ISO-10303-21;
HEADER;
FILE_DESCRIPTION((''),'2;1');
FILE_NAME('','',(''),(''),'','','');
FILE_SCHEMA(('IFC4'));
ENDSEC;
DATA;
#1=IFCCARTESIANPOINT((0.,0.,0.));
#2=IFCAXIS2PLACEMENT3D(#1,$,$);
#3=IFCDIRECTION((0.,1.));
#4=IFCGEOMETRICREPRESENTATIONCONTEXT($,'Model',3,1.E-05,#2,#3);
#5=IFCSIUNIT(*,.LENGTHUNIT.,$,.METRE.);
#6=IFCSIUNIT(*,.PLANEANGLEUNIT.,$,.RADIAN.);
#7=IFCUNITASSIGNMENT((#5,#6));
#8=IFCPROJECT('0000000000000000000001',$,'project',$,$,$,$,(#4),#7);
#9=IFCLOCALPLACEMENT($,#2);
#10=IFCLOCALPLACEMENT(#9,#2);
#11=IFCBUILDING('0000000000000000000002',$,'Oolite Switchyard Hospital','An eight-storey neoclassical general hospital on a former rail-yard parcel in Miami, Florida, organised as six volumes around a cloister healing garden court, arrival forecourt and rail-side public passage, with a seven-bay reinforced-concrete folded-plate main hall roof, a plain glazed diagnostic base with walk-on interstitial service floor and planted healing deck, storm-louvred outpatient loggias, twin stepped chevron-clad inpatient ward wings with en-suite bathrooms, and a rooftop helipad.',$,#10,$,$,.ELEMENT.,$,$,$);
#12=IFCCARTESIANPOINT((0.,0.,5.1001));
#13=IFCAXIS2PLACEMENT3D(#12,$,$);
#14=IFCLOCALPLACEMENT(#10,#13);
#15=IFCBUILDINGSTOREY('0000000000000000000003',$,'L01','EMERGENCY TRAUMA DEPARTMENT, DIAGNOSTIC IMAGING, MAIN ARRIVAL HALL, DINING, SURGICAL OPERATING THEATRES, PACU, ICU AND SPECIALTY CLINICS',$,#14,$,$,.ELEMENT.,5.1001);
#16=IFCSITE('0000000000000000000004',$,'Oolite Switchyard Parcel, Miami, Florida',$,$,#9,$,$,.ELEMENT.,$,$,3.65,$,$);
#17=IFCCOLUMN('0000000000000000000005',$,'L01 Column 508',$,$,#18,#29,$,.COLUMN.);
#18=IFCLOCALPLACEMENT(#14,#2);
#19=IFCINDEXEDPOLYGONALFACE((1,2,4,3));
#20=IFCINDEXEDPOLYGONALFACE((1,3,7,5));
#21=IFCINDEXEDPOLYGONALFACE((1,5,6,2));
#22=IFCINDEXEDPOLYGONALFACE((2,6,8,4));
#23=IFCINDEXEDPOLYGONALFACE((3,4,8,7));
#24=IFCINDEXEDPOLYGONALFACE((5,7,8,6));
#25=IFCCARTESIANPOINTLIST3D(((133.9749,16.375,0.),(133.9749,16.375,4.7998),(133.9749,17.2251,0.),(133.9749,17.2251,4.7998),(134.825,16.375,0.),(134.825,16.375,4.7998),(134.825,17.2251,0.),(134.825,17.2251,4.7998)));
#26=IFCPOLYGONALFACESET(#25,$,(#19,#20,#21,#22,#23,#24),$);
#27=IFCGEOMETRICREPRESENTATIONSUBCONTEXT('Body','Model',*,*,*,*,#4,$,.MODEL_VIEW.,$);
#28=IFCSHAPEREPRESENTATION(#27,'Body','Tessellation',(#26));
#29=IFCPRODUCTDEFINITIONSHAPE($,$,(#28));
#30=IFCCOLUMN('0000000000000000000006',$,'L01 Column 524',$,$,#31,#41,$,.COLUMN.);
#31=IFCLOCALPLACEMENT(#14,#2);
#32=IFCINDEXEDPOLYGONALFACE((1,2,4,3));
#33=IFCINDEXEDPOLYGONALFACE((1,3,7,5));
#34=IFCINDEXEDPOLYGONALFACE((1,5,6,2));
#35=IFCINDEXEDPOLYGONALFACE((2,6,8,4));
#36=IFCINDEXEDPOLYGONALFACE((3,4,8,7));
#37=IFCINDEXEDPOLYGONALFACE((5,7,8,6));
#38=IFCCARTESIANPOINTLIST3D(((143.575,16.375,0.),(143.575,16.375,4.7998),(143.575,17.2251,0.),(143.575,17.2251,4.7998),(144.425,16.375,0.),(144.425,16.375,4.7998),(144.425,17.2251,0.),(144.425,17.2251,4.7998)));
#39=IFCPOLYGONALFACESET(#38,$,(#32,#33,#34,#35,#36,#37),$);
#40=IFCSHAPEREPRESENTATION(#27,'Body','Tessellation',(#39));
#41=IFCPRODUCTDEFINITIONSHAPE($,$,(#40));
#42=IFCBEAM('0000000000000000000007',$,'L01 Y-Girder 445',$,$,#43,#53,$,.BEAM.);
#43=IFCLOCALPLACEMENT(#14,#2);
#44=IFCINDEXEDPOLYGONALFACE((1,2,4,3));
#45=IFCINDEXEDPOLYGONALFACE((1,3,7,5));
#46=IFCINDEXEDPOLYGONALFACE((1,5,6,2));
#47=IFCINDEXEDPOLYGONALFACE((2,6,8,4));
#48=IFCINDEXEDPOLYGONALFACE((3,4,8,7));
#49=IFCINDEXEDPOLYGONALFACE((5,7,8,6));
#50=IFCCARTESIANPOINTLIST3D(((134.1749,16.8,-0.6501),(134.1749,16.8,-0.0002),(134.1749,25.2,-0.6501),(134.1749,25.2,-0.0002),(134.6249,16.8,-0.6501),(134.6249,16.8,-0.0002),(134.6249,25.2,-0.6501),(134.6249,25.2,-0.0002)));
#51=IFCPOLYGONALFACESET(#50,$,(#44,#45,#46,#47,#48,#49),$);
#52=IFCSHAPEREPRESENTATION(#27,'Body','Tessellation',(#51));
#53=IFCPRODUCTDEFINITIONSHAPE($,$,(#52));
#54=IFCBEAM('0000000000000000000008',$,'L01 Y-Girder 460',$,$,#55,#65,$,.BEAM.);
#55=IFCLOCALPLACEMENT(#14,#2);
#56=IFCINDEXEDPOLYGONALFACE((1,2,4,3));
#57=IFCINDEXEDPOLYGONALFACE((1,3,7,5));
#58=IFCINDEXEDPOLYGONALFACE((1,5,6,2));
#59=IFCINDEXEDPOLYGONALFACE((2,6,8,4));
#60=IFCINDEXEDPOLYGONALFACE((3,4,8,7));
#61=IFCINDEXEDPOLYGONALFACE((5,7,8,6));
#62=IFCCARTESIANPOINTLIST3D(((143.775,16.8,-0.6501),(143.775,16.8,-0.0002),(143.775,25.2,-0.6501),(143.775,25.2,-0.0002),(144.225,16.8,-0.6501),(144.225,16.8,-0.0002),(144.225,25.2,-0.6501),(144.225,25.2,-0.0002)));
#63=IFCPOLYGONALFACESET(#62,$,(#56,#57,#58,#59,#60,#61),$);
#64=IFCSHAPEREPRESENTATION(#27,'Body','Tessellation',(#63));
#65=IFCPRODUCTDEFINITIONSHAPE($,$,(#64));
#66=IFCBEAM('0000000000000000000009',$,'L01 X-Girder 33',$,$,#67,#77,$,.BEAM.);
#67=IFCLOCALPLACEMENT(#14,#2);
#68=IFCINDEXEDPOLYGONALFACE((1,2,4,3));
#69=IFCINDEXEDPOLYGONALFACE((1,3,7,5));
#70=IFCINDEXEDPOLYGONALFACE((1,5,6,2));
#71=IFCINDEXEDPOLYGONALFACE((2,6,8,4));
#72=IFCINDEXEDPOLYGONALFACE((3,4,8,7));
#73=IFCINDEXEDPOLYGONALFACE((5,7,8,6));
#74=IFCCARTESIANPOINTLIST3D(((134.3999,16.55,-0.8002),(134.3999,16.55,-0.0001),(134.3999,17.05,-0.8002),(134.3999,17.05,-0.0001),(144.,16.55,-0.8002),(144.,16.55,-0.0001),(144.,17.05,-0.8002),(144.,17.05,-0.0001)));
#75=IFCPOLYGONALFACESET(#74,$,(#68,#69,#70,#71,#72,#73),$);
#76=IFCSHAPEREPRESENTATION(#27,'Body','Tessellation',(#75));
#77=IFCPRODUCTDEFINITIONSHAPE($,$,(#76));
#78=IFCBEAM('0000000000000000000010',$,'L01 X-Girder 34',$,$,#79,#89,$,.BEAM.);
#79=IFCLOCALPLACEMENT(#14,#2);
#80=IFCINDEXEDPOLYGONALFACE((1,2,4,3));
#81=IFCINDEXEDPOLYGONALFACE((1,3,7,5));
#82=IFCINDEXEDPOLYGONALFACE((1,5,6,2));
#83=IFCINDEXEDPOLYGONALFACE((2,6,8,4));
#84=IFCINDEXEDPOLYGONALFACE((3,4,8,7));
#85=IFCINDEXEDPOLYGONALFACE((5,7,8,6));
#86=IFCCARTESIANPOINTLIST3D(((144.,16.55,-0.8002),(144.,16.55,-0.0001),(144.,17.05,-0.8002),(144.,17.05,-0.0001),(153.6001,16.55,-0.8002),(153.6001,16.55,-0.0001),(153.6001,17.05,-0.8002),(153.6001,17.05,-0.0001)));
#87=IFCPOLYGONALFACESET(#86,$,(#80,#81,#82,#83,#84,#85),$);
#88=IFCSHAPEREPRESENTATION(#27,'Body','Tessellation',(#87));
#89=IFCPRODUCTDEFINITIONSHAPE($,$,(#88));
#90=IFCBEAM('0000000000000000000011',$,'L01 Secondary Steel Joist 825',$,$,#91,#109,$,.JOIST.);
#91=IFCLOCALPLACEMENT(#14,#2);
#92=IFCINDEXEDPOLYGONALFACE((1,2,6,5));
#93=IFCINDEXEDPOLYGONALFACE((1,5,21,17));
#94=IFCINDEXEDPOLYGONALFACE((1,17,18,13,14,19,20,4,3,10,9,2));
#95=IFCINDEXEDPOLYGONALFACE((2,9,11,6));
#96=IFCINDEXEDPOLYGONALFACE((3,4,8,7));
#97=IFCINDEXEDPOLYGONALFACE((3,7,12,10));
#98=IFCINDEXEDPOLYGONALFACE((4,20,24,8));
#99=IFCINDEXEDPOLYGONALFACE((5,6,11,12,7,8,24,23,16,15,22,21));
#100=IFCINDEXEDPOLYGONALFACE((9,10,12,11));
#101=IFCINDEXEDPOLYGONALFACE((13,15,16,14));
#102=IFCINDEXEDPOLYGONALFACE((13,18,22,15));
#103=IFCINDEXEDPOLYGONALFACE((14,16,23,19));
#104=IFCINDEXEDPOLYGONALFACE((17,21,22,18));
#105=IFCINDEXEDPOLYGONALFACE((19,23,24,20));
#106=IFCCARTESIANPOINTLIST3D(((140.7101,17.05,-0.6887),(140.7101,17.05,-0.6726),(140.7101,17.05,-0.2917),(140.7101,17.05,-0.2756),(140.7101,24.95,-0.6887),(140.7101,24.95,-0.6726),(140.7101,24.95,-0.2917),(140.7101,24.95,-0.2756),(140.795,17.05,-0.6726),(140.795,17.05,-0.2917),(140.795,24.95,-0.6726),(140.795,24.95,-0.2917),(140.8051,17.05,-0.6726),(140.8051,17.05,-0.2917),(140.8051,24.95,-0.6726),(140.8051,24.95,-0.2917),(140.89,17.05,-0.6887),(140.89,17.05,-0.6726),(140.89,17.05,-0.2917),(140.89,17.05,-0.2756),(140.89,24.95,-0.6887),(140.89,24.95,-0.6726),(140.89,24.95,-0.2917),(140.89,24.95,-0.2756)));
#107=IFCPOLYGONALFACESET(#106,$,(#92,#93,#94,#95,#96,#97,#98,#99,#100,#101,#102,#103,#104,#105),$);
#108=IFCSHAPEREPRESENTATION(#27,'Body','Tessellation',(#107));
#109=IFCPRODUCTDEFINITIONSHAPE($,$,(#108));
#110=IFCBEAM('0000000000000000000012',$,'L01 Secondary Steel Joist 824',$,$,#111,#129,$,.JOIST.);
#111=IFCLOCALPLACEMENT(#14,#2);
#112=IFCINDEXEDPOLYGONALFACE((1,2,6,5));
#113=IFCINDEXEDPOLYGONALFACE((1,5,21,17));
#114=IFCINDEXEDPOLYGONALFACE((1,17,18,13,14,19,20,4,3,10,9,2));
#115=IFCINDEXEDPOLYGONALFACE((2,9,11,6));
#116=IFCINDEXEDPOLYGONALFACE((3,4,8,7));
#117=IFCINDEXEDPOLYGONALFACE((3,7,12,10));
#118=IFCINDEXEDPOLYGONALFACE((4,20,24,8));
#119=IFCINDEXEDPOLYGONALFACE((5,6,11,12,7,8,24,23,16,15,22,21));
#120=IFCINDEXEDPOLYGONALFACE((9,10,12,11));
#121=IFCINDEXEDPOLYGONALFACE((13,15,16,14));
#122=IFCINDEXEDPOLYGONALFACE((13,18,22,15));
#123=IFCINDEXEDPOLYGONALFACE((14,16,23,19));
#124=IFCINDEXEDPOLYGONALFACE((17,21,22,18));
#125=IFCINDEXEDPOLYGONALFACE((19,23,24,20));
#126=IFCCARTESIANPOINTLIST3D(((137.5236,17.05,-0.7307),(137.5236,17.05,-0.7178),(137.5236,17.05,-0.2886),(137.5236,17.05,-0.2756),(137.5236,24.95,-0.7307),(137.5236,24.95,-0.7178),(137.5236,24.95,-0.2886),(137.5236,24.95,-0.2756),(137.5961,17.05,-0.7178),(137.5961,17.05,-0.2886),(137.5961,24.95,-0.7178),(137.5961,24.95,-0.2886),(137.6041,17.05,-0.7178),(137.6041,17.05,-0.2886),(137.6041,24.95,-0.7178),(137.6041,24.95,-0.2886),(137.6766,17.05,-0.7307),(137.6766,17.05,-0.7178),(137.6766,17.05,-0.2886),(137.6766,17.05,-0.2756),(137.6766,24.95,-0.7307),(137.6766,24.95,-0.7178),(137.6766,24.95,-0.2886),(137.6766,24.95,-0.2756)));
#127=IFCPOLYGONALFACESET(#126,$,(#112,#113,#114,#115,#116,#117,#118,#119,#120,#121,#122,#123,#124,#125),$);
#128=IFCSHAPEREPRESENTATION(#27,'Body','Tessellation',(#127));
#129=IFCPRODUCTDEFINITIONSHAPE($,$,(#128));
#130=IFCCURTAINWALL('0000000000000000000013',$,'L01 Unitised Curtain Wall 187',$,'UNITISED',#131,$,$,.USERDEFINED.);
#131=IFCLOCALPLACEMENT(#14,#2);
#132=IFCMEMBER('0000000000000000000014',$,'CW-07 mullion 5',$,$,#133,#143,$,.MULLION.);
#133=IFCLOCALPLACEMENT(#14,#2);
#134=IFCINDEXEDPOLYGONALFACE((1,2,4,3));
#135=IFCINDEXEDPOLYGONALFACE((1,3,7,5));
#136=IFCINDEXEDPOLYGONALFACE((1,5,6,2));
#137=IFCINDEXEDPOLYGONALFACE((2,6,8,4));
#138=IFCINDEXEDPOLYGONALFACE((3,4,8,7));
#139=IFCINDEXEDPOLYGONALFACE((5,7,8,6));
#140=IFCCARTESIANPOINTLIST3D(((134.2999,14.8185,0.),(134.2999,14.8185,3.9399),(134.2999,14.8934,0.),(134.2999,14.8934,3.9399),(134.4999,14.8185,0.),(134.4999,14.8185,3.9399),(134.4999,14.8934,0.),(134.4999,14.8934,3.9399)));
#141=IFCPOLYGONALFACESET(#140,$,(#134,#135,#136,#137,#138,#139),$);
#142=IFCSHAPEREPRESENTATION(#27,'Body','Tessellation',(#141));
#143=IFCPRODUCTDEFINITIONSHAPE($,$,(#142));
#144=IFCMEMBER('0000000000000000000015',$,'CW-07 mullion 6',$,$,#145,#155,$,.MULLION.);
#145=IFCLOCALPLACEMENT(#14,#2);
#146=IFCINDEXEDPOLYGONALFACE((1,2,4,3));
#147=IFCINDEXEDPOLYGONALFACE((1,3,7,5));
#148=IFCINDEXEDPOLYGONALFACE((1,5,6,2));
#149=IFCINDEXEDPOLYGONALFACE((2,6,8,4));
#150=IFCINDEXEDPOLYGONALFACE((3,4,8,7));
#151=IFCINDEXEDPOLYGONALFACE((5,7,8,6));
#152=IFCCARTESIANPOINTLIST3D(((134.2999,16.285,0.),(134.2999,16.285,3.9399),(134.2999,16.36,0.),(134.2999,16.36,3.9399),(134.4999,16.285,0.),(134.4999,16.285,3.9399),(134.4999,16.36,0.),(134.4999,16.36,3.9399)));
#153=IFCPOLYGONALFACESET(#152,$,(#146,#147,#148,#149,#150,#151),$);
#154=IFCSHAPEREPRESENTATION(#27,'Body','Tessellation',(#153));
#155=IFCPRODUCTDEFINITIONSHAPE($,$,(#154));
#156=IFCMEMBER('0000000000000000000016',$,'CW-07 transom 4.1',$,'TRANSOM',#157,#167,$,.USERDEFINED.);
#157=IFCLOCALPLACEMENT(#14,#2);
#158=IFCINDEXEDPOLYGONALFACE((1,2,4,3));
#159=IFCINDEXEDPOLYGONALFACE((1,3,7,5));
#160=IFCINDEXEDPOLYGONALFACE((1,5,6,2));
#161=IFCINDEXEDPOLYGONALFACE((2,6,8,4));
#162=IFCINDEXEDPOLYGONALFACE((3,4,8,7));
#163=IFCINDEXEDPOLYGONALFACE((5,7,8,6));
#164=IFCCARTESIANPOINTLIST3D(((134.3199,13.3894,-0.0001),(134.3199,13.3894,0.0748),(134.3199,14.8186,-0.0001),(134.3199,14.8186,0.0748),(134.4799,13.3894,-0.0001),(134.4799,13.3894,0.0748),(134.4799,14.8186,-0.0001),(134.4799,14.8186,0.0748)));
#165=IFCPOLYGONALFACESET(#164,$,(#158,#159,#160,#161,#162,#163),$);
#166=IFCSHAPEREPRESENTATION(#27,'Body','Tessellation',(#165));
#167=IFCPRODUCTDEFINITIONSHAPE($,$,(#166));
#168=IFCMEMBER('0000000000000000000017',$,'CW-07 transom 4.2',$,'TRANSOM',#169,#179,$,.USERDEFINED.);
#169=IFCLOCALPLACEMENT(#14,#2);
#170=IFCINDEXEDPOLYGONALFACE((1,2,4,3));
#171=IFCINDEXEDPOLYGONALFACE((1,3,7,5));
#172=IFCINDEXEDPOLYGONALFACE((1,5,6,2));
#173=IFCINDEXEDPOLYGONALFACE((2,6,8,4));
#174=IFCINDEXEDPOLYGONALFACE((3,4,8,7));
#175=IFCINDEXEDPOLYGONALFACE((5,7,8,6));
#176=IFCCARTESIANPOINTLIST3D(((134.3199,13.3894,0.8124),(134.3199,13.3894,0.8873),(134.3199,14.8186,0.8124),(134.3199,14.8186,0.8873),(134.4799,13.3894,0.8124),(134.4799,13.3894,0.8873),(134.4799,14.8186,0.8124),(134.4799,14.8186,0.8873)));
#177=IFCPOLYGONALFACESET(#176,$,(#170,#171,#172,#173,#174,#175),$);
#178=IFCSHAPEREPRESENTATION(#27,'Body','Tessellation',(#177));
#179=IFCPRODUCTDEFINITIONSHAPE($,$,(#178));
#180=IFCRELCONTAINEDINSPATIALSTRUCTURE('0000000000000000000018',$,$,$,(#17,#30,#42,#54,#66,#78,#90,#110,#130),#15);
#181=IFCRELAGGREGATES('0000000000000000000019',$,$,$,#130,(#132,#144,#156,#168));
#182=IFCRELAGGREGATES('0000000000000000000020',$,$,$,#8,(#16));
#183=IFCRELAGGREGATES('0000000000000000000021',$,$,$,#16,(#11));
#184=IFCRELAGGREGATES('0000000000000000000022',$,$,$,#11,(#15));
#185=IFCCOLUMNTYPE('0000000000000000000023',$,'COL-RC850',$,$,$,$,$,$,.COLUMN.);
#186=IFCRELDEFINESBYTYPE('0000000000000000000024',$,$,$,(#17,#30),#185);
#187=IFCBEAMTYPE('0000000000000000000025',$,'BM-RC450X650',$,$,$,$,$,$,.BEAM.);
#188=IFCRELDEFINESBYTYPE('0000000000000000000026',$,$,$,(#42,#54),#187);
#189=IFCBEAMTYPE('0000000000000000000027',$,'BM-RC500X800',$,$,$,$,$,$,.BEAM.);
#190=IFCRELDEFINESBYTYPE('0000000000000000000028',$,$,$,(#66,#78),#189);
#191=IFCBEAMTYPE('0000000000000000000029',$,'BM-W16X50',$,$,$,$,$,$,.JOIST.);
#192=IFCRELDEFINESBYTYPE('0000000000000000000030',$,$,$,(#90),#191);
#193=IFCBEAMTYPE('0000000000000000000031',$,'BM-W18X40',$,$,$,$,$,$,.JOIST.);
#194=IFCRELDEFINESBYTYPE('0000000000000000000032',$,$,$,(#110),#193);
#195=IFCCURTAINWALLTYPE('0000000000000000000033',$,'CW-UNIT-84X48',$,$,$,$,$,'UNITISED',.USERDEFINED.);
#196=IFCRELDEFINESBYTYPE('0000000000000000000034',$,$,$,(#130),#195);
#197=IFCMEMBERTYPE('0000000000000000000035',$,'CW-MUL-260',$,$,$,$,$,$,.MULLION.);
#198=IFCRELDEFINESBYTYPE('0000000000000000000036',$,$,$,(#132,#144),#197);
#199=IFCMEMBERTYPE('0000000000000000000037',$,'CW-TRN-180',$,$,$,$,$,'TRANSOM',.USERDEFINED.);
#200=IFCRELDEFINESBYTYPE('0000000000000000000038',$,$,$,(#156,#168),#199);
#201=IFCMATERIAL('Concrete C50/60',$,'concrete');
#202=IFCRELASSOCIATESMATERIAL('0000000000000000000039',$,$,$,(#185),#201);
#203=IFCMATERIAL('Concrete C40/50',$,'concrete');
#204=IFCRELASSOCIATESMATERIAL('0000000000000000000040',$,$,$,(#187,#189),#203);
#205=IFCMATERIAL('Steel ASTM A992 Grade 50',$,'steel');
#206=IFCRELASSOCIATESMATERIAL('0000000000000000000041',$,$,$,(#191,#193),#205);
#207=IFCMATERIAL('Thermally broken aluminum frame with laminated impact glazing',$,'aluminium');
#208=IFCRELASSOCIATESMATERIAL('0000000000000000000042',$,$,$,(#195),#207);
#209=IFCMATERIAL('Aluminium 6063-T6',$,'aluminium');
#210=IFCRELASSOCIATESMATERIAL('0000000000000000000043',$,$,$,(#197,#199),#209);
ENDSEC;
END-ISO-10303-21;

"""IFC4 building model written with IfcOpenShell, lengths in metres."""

from ifc_helpers import new_model, si_unit, direction, frame, origin, origin_2d, place, context, subcontext, project, spatial, rectangle, i_section, extrude, material, material_profile, profile_set, type_object, element, aggregate, save


model = new_model("IFC4")

# Units and contexts
model_context = context("Model", 3, precision=1e-05, world=origin(), true_north=direction((0.0, 1.0)))
body_context = subcontext(model_context, "Body", "Model", "MODEL_VIEW")
ifc_project = project(units=[si_unit("LENGTHUNIT", "METRE"), si_unit("PLANEANGLEUNIT", "RADIAN")], contexts=[model_context])

# Site, building, storey
site_placement = place(None, origin())
site = spatial("IfcSite", under=ifc_project, at=site_placement, Name="Oolite Switchyard Parcel, Miami, Florida", CompositionType="ELEMENT", RefElevation=3.65)
building_placement = place(site_placement, origin())
building = spatial("IfcBuilding", under=site, at=building_placement, Name="Oolite Switchyard Hospital", Description="An eight-storey neoclassical general hospital on a former rail-yard parcel in Miami, Florida, organised as six volumes around a cloister healing garden court, arrival forecourt and rail-side public passage, with a seven-bay reinforced-concrete folded-plate main hall roof, a plain glazed diagnostic base with walk-on interstitial service floor and planted healing deck, storm-louvred outpatient loggias, twin stepped chevron-clad inpatient ward wings with en-suite bathrooms, and a rooftop helipad.", CompositionType="ELEMENT")
storey_placement = place(building_placement, frame((0.0, 0.0, 5.1001)))
storey = spatial("IfcBuildingStorey", under=building, at=storey_placement, Name="L01", Description="EMERGENCY TRAUMA DEPARTMENT, DIAGNOSTIC IMAGING, MAIN ARRIVAL HALL, DINING, SURGICAL OPERATING THEATRES, PACU, ICU AND SPECIALTY CLINICS", CompositionType="ELEMENT", Elevation=5.1001)

# Columns
ifc_material_1 = material(Name="Concrete C50/60", Category="concrete")
ifc_material_profile_1 = material_profile(ifc_material_1, rectangle(XDim=0.8501, YDim=0.8501, at=origin_2d()), Name="RC850X850")
ifc_profile_set_1 = profile_set([ifc_material_profile_1], Name="Concrete C50/60")
column_type = type_object("IfcColumnType", Name="COL-RC850", PredefinedType="COLUMN", material=ifc_profile_set_1)
for number, where, z_axis, x_axis, name in (
    (1, (134.3999, 16.8, 0.0), (0.0, 0.0, 1.0), (1.0, 0.0, 0.0), "L01 Column 508"),
    (2, (144.0, 16.8, 0.0), (0.0, 0.0, 1.0), (1.0, 0.0, 0.0), "L01 Column 524"),
):
    element("IfcColumn", number, at=place(storey_placement, frame(where, z_axis=z_axis, x_axis=x_axis)), inside=storey, type_object=column_type, Name=name, PredefinedType="COLUMN", context=body_context, shape_type="SweptSolid", body=[
        extrude(rectangle(XDim=0.8501, YDim=0.8501, at=origin_2d()), origin(), (0.0, 0.0, 1.0), 4.7998),
    ])

# Beams
ifc_material_2 = material(Name="Concrete C40/50", Category="concrete")
ifc_material_profile_2 = material_profile(ifc_material_2, rectangle(XDim=0.45, YDim=0.6499, at=origin_2d()), Name="RCB450X650")
ifc_profile_set_2 = profile_set([ifc_material_profile_2], Name="Concrete C40/50")
beam_type_1 = type_object("IfcBeamType", Name="BM-RC450X650", PredefinedType="BEAM", material=ifc_profile_set_2)
for number, where, z_axis, x_axis, name in (
    (3, (134.3999, 16.8, -0.3252), (0.0, 1.0, 0.0), (-1.0, 0.0, 0.0), "L01 Y-Girder 445"),
    (4, (144.0, 16.8, -0.3252), (0.0, 1.0, 0.0), (-1.0, 0.0, 0.0), "L01 Y-Girder 460"),
):
    element("IfcBeam", number, at=place(storey_placement, frame(where, z_axis=z_axis, x_axis=x_axis)), inside=storey, type_object=beam_type_1, Name=name, PredefinedType="BEAM", context=body_context, shape_type="SweptSolid", body=[
        extrude(rectangle(XDim=0.45, YDim=0.6499, at=origin_2d()), origin(), (0.0, 0.0, 1.0), 8.3999),
    ])
ifc_material_profile_3 = material_profile(ifc_material_2, rectangle(XDim=0.5, YDim=0.8, at=origin_2d()), Name="RCB500X800")
ifc_profile_set_3 = profile_set([ifc_material_profile_3], Name="Concrete C40/50")
beam_type_2 = type_object("IfcBeamType", Name="BM-RC500X800", PredefinedType="BEAM", material=ifc_profile_set_3)
for number, where, z_axis, x_axis, name in (
    (5, (134.3999, 16.8, -0.4001), (1.0, 0.0, 0.0), (0.0, 1.0, 0.0), "L01 X-Girder 33"),
    (6, (144.0, 16.8, -0.4001), (1.0, 0.0, 0.0), (0.0, 1.0, 0.0), "L01 X-Girder 34"),
):
    element("IfcBeam", number, at=place(storey_placement, frame(where, z_axis=z_axis, x_axis=x_axis)), inside=storey, type_object=beam_type_2, Name=name, PredefinedType="BEAM", context=body_context, shape_type="SweptSolid", body=[
        extrude(rectangle(XDim=0.5, YDim=0.8, at=origin_2d()), origin(), (0.0, 0.0, 1.0), 9.6001),
    ])
ifc_material_3 = material(Name="Steel ASTM A992 Grade 50", Category="steel")
ifc_material_profile_4 = material_profile(ifc_material_3, i_section(OverallWidth=0.1799, OverallDepth=0.4131, WebThickness=0.01, FlangeThickness=0.0161, at=origin_2d()), Name="W16X50")
ifc_profile_set_4 = profile_set([ifc_material_profile_4], Name="Steel ASTM A992 Grade 50")
beam_type_3 = type_object("IfcBeamType", Name="BM-W16X50", PredefinedType="JOIST", material=ifc_profile_set_4)
beam_1_placement = place(storey_placement, frame((140.8, 17.05, -0.4822), z_axis=(0.0, 1.0, 0.0), x_axis=(-1.0, 0.0, 0.0)))
element("IfcBeam", 7, at=beam_1_placement, inside=storey, type_object=beam_type_3, Name="L01 Secondary Steel Joist 825", PredefinedType="JOIST", context=body_context, shape_type="SweptSolid", body=[
    extrude(i_section(OverallWidth=0.1799, OverallDepth=0.4131, WebThickness=0.01, FlangeThickness=0.0161, at=origin_2d()), origin(), (0.0, 0.0, 1.0), 7.8999),
])
ifc_material_profile_5 = material_profile(ifc_material_3, i_section(OverallWidth=0.1531, OverallDepth=0.4551, WebThickness=0.0081, FlangeThickness=0.0129, at=origin_2d()), Name="W18X40")
ifc_profile_set_5 = profile_set([ifc_material_profile_5], Name="Steel ASTM A992 Grade 50")
beam_type_4 = type_object("IfcBeamType", Name="BM-W18X40", PredefinedType="JOIST", material=ifc_profile_set_5)
beam_2_placement = place(storey_placement, frame((137.6001, 17.05, -0.5032), z_axis=(0.0, 1.0, 0.0), x_axis=(-1.0, 0.0, 0.0)))
element("IfcBeam", 8, at=beam_2_placement, inside=storey, type_object=beam_type_4, Name="L01 Secondary Steel Joist 824", PredefinedType="JOIST", context=body_context, shape_type="SweptSolid", body=[
    extrude(i_section(OverallWidth=0.1531, OverallDepth=0.4551, WebThickness=0.0081, FlangeThickness=0.0129, at=origin_2d()), origin(), (0.0, 0.0, 1.0), 7.8999),
])

# Curtain wall, members
ifc_material_4 = material(Name="Thermally broken aluminum frame with laminated impact glazing", Category="aluminium")
curtain_wall_type = type_object("IfcCurtainWallType", Name="CW-UNIT-84X48", ElementType="UNITISED", PredefinedType="USERDEFINED", material=ifc_material_4)
curtain_wall_placement = place(storey_placement, origin())
curtain_wall = element("IfcCurtainWall", 9, at=curtain_wall_placement, inside=storey, type_object=curtain_wall_type, Name="L01 Unitised Curtain Wall 187", ObjectType="UNITISED", PredefinedType="USERDEFINED")
ifc_material_5 = material(Name="Aluminium 6063-T6", Category="aluminium")
ifc_material_profile_6 = material_profile(ifc_material_5, rectangle(XDim=0.2, YDim=0.075, at=origin_2d()), Name="CWM75X200")
ifc_profile_set_6 = profile_set([ifc_material_profile_6], Name="Aluminium 6063-T6")
member_type_1 = type_object("IfcMemberType", Name="CW-MUL-260", PredefinedType="MULLION", material=ifc_profile_set_6)
member_1_placement = place(storey_placement, frame((134.3999, 14.856, 0.0), z_axis=(0.0, 0.0, 1.0), x_axis=(-1.0, 0.0, 0.0)))
member_1 = element("IfcMember", 10, at=member_1_placement, type_object=member_type_1, Name="CW-07 mullion 5", PredefinedType="MULLION", context=body_context, shape_type="SweptSolid", body=[
    extrude(rectangle(XDim=0.2, YDim=0.075, at=origin_2d()), origin(), (0.0, 0.0, 1.0), 3.9399),
])
member_2_placement = place(storey_placement, frame((134.3999, 16.3225, 0.0), z_axis=(0.0, 0.0, 1.0), x_axis=(-1.0, 0.0, 0.0)))
member_2 = element("IfcMember", 11, at=member_2_placement, type_object=member_type_1, Name="CW-07 mullion 6", PredefinedType="MULLION", context=body_context, shape_type="SweptSolid", body=[
    extrude(rectangle(XDim=0.2, YDim=0.075, at=origin_2d()), origin(), (0.0, 0.0, 1.0), 3.9399),
])
ifc_material_profile_7 = material_profile(ifc_material_5, rectangle(XDim=0.1599, YDim=0.075, at=origin_2d()), Name="CWT75X160")
ifc_profile_set_7 = profile_set([ifc_material_profile_7], Name="Aluminium 6063-T6")
member_type_2 = type_object("IfcMemberType", Name="CW-TRN-180", ElementType="TRANSOM", PredefinedType="USERDEFINED", material=ifc_profile_set_7)
member_3_placement = place(storey_placement, frame((134.3999, 13.3894, 0.0374), z_axis=(0.0, 1.0, 0.0), x_axis=(-1.0, 0.0, 0.0)))
member_3 = element("IfcMember", 12, at=member_3_placement, type_object=member_type_2, Name="CW-07 transom 4.1", ObjectType="TRANSOM", PredefinedType="USERDEFINED", context=body_context, shape_type="SweptSolid", body=[
    extrude(rectangle(XDim=0.1599, YDim=0.075, at=origin_2d()), origin(), (0.0, 0.0, 1.0), 1.4292),
])
member_4_placement = place(storey_placement, frame((134.3999, 13.3894, 0.8499), z_axis=(0.0, 1.0, 0.0), x_axis=(-1.0, 0.0, 0.0)))
member_4 = element("IfcMember", 13, at=member_4_placement, type_object=member_type_2, Name="CW-07 transom 4.2", ObjectType="TRANSOM", PredefinedType="USERDEFINED", context=body_context, shape_type="SweptSolid", body=[
    extrude(rectangle(XDim=0.1599, YDim=0.075, at=origin_2d()), origin(), (0.0, 0.0, 1.0), 1.4292),
])

aggregate(curtain_wall, [member_1, member_2, member_3, member_4])

save(model, "model.ifc")
